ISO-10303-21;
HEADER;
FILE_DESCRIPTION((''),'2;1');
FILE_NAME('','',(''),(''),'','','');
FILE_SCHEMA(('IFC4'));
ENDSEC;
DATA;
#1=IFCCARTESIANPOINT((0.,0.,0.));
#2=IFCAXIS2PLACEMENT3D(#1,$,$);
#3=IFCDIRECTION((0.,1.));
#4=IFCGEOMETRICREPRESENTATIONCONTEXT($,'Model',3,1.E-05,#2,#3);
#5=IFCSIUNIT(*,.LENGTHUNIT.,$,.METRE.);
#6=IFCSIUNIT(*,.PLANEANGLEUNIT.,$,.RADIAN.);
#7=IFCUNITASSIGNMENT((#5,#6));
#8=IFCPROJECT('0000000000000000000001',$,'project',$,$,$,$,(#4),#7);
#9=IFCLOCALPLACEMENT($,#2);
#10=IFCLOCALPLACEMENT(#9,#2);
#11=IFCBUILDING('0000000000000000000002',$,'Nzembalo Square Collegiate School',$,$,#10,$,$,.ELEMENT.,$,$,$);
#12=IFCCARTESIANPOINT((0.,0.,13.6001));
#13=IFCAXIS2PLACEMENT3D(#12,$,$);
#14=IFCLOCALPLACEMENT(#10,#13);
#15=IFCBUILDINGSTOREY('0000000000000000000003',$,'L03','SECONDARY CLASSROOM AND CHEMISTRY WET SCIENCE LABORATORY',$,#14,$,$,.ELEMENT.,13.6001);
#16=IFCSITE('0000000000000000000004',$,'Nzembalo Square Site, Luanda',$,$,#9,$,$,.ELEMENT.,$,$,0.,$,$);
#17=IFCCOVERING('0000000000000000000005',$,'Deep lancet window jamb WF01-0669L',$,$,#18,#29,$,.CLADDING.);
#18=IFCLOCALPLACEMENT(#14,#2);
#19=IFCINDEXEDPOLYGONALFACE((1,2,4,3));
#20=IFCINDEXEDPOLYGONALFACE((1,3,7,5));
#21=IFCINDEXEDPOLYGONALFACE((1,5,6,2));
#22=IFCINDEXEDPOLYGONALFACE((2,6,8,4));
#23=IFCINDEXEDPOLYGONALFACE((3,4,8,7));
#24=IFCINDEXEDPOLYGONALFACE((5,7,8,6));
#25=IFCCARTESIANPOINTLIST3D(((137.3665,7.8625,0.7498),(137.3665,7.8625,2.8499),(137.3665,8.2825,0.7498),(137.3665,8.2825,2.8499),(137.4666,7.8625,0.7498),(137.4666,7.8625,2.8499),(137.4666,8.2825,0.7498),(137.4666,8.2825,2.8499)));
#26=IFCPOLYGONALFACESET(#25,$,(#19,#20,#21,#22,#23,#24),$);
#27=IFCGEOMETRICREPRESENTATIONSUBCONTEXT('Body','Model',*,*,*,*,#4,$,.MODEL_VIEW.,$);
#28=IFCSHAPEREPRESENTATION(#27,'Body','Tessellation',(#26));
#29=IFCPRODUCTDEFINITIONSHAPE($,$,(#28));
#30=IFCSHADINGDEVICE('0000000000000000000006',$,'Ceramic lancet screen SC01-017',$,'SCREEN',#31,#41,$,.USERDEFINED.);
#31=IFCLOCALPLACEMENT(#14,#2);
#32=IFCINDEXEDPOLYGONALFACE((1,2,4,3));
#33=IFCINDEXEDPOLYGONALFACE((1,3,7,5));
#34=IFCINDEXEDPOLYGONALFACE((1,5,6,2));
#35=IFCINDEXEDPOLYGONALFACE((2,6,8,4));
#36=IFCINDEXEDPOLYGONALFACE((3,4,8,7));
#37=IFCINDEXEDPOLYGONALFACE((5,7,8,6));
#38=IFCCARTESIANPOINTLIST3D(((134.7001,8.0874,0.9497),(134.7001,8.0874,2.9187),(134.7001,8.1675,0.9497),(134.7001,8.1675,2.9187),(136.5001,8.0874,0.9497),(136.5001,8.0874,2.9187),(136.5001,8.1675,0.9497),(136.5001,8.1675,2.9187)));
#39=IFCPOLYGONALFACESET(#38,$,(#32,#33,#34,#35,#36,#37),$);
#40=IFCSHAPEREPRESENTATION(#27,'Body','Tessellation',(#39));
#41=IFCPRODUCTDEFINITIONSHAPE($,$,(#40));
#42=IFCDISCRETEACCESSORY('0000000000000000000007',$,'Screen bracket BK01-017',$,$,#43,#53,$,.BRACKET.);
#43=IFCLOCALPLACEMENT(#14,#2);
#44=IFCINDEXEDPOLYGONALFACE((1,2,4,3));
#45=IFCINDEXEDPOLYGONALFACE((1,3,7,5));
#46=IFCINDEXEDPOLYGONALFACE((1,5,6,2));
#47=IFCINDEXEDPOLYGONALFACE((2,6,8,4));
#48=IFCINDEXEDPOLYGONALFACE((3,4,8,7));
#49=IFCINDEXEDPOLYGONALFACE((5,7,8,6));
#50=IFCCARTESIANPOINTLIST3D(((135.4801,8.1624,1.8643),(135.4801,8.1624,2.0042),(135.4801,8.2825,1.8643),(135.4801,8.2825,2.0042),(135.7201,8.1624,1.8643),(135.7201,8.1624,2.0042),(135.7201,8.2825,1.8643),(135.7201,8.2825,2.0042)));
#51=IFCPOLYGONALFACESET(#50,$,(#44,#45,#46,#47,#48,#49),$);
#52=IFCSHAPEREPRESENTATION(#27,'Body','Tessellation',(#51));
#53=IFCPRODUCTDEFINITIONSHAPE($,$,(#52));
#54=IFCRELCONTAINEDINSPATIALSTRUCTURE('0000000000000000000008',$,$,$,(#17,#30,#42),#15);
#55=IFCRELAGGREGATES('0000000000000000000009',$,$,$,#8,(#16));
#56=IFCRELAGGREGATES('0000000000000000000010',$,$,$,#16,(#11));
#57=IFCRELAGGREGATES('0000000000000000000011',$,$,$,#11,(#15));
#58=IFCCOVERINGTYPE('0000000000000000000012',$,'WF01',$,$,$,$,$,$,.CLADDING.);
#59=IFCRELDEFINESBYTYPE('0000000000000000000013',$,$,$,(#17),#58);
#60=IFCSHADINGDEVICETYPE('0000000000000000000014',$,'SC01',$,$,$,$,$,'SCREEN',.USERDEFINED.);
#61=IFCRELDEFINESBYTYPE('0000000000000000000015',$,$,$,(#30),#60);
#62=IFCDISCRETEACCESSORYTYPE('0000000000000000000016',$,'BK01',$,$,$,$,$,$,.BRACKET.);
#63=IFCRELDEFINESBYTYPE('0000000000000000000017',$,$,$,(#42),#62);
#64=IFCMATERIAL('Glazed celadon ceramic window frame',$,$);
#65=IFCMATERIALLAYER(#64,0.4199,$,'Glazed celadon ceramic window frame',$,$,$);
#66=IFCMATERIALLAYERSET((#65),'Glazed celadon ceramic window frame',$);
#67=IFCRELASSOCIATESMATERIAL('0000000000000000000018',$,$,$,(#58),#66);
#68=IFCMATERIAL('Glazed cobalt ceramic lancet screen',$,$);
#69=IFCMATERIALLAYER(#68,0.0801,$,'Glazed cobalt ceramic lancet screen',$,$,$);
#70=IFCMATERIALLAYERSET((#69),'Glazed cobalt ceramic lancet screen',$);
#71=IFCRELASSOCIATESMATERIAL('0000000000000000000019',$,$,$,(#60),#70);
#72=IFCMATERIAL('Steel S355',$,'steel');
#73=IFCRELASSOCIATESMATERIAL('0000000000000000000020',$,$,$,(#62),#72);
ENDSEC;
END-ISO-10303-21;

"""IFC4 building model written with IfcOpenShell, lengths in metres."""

from ifc_helpers import new_model, si_unit, direction, frame, origin, origin_2d, place, context, subcontext, project, spatial, rectangle, extrude, material, layer, layer_set, type_object, element, save


model = new_model("IFC4")

# Units and contexts
model_context = context("Model", 3, precision=1e-05, world=origin(), true_north=direction((0.0, 1.0)))
body_context = subcontext(model_context, "Body", "Model", "MODEL_VIEW")
ifc_project = project(units=[si_unit("LENGTHUNIT", "METRE"), si_unit("PLANEANGLEUNIT", "RADIAN")], contexts=[model_context])

# Site, building, storey
site_placement = place(None, origin())
site = spatial("IfcSite", under=ifc_project, at=site_placement, Name="Nzembalo Square Site, Luanda", CompositionType="ELEMENT", RefElevation=0.0)
building_placement = place(site_placement, origin())
building = spatial("IfcBuilding", under=site, at=building_placement, Name="Nzembalo Square Collegiate School", CompositionType="ELEMENT")
storey_placement = place(building_placement, frame((0.0, 0.0, 13.6001)))
storey = spatial("IfcBuildingStorey", under=building, at=storey_placement, Name="L03", Description="SECONDARY CLASSROOM AND CHEMISTRY WET SCIENCE LABORATORY", CompositionType="ELEMENT", Elevation=13.6001)

# Covering
ifc_material_1 = material(Name="Glazed celadon ceramic window frame")
ifc_layer_1 = layer(ifc_material_1, 0.4199, Name="Glazed celadon ceramic window frame")
ifc_layer_set_1 = layer_set([ifc_layer_1], Name="Glazed celadon ceramic window frame")
covering_type_1 = type_object("IfcCoveringType", Name="WF01", PredefinedType="CLADDING", material=ifc_layer_set_1)
covering_1_placement = place(storey_placement, frame((137.4165, 8.0725, 0.7498), z_axis=(0.0, 0.0, 1.0), x_axis=(1.0, 0.0, 0.0)))
element("IfcCovering", 1, at=covering_1_placement, inside=storey, type_object=covering_type_1, Name="Deep lancet window jamb WF01-0669L", PredefinedType="CLADDING", context=body_context, shape_type="SweptSolid", body=[
    extrude(rectangle(XDim=0.1001, YDim=0.4199, at=origin_2d()), origin(), (0.0, 0.0, 1.0), 2.1001),
])

# Shading device
ifc_material_2 = material(Name="Glazed cobalt ceramic lancet screen")
ifc_layer_2 = layer(ifc_material_2, 0.0801, Name="Glazed cobalt ceramic lancet screen")
ifc_layer_set_2 = layer_set([ifc_layer_2], Name="Glazed cobalt ceramic lancet screen")
shading_device_type = type_object("IfcShadingDeviceType", Name="SC01", ElementType="SCREEN", PredefinedType="USERDEFINED", material=ifc_layer_set_2)
shading_device_placement = place(storey_placement, frame((135.6001, 8.1274, 0.9497), z_axis=(0.0, 0.0, 1.0), x_axis=(1.0, 0.0, 0.0)))
element("IfcShadingDevice", 2, at=shading_device_placement, inside=storey, type_object=shading_device_type, Name="Ceramic lancet screen SC01-017", ObjectType="SCREEN", PredefinedType="USERDEFINED", context=body_context, shape_type="SweptSolid", body=[
    extrude(rectangle(XDim=1.8, YDim=0.0801, at=origin_2d()), origin(), (0.0, 0.0, 1.0), 1.969),
])

# Discrete accessory
ifc_material_3 = material(Name="Steel S355", Category="steel")
discrete_accessory_type = type_object("IfcDiscreteAccessoryType", Name="BK01", PredefinedType="BRACKET", material=ifc_material_3)
discrete_accessory_placement = place(storey_placement, frame((135.6001, 8.2224, 1.8643), z_axis=(0.0, 0.0, 1.0), x_axis=(1.0, 0.0, 0.0)))
element("IfcDiscreteAccessory", 3, at=discrete_accessory_placement, inside=storey, type_object=discrete_accessory_type, Name="Screen bracket BK01-017", PredefinedType="BRACKET", context=body_context, shape_type="SweptSolid", body=[
    extrude(rectangle(XDim=0.24, YDim=0.1201, at=origin_2d()), origin(), (0.0, 0.0, 1.0), 0.1399),
])

save(model, "model.ifc")
